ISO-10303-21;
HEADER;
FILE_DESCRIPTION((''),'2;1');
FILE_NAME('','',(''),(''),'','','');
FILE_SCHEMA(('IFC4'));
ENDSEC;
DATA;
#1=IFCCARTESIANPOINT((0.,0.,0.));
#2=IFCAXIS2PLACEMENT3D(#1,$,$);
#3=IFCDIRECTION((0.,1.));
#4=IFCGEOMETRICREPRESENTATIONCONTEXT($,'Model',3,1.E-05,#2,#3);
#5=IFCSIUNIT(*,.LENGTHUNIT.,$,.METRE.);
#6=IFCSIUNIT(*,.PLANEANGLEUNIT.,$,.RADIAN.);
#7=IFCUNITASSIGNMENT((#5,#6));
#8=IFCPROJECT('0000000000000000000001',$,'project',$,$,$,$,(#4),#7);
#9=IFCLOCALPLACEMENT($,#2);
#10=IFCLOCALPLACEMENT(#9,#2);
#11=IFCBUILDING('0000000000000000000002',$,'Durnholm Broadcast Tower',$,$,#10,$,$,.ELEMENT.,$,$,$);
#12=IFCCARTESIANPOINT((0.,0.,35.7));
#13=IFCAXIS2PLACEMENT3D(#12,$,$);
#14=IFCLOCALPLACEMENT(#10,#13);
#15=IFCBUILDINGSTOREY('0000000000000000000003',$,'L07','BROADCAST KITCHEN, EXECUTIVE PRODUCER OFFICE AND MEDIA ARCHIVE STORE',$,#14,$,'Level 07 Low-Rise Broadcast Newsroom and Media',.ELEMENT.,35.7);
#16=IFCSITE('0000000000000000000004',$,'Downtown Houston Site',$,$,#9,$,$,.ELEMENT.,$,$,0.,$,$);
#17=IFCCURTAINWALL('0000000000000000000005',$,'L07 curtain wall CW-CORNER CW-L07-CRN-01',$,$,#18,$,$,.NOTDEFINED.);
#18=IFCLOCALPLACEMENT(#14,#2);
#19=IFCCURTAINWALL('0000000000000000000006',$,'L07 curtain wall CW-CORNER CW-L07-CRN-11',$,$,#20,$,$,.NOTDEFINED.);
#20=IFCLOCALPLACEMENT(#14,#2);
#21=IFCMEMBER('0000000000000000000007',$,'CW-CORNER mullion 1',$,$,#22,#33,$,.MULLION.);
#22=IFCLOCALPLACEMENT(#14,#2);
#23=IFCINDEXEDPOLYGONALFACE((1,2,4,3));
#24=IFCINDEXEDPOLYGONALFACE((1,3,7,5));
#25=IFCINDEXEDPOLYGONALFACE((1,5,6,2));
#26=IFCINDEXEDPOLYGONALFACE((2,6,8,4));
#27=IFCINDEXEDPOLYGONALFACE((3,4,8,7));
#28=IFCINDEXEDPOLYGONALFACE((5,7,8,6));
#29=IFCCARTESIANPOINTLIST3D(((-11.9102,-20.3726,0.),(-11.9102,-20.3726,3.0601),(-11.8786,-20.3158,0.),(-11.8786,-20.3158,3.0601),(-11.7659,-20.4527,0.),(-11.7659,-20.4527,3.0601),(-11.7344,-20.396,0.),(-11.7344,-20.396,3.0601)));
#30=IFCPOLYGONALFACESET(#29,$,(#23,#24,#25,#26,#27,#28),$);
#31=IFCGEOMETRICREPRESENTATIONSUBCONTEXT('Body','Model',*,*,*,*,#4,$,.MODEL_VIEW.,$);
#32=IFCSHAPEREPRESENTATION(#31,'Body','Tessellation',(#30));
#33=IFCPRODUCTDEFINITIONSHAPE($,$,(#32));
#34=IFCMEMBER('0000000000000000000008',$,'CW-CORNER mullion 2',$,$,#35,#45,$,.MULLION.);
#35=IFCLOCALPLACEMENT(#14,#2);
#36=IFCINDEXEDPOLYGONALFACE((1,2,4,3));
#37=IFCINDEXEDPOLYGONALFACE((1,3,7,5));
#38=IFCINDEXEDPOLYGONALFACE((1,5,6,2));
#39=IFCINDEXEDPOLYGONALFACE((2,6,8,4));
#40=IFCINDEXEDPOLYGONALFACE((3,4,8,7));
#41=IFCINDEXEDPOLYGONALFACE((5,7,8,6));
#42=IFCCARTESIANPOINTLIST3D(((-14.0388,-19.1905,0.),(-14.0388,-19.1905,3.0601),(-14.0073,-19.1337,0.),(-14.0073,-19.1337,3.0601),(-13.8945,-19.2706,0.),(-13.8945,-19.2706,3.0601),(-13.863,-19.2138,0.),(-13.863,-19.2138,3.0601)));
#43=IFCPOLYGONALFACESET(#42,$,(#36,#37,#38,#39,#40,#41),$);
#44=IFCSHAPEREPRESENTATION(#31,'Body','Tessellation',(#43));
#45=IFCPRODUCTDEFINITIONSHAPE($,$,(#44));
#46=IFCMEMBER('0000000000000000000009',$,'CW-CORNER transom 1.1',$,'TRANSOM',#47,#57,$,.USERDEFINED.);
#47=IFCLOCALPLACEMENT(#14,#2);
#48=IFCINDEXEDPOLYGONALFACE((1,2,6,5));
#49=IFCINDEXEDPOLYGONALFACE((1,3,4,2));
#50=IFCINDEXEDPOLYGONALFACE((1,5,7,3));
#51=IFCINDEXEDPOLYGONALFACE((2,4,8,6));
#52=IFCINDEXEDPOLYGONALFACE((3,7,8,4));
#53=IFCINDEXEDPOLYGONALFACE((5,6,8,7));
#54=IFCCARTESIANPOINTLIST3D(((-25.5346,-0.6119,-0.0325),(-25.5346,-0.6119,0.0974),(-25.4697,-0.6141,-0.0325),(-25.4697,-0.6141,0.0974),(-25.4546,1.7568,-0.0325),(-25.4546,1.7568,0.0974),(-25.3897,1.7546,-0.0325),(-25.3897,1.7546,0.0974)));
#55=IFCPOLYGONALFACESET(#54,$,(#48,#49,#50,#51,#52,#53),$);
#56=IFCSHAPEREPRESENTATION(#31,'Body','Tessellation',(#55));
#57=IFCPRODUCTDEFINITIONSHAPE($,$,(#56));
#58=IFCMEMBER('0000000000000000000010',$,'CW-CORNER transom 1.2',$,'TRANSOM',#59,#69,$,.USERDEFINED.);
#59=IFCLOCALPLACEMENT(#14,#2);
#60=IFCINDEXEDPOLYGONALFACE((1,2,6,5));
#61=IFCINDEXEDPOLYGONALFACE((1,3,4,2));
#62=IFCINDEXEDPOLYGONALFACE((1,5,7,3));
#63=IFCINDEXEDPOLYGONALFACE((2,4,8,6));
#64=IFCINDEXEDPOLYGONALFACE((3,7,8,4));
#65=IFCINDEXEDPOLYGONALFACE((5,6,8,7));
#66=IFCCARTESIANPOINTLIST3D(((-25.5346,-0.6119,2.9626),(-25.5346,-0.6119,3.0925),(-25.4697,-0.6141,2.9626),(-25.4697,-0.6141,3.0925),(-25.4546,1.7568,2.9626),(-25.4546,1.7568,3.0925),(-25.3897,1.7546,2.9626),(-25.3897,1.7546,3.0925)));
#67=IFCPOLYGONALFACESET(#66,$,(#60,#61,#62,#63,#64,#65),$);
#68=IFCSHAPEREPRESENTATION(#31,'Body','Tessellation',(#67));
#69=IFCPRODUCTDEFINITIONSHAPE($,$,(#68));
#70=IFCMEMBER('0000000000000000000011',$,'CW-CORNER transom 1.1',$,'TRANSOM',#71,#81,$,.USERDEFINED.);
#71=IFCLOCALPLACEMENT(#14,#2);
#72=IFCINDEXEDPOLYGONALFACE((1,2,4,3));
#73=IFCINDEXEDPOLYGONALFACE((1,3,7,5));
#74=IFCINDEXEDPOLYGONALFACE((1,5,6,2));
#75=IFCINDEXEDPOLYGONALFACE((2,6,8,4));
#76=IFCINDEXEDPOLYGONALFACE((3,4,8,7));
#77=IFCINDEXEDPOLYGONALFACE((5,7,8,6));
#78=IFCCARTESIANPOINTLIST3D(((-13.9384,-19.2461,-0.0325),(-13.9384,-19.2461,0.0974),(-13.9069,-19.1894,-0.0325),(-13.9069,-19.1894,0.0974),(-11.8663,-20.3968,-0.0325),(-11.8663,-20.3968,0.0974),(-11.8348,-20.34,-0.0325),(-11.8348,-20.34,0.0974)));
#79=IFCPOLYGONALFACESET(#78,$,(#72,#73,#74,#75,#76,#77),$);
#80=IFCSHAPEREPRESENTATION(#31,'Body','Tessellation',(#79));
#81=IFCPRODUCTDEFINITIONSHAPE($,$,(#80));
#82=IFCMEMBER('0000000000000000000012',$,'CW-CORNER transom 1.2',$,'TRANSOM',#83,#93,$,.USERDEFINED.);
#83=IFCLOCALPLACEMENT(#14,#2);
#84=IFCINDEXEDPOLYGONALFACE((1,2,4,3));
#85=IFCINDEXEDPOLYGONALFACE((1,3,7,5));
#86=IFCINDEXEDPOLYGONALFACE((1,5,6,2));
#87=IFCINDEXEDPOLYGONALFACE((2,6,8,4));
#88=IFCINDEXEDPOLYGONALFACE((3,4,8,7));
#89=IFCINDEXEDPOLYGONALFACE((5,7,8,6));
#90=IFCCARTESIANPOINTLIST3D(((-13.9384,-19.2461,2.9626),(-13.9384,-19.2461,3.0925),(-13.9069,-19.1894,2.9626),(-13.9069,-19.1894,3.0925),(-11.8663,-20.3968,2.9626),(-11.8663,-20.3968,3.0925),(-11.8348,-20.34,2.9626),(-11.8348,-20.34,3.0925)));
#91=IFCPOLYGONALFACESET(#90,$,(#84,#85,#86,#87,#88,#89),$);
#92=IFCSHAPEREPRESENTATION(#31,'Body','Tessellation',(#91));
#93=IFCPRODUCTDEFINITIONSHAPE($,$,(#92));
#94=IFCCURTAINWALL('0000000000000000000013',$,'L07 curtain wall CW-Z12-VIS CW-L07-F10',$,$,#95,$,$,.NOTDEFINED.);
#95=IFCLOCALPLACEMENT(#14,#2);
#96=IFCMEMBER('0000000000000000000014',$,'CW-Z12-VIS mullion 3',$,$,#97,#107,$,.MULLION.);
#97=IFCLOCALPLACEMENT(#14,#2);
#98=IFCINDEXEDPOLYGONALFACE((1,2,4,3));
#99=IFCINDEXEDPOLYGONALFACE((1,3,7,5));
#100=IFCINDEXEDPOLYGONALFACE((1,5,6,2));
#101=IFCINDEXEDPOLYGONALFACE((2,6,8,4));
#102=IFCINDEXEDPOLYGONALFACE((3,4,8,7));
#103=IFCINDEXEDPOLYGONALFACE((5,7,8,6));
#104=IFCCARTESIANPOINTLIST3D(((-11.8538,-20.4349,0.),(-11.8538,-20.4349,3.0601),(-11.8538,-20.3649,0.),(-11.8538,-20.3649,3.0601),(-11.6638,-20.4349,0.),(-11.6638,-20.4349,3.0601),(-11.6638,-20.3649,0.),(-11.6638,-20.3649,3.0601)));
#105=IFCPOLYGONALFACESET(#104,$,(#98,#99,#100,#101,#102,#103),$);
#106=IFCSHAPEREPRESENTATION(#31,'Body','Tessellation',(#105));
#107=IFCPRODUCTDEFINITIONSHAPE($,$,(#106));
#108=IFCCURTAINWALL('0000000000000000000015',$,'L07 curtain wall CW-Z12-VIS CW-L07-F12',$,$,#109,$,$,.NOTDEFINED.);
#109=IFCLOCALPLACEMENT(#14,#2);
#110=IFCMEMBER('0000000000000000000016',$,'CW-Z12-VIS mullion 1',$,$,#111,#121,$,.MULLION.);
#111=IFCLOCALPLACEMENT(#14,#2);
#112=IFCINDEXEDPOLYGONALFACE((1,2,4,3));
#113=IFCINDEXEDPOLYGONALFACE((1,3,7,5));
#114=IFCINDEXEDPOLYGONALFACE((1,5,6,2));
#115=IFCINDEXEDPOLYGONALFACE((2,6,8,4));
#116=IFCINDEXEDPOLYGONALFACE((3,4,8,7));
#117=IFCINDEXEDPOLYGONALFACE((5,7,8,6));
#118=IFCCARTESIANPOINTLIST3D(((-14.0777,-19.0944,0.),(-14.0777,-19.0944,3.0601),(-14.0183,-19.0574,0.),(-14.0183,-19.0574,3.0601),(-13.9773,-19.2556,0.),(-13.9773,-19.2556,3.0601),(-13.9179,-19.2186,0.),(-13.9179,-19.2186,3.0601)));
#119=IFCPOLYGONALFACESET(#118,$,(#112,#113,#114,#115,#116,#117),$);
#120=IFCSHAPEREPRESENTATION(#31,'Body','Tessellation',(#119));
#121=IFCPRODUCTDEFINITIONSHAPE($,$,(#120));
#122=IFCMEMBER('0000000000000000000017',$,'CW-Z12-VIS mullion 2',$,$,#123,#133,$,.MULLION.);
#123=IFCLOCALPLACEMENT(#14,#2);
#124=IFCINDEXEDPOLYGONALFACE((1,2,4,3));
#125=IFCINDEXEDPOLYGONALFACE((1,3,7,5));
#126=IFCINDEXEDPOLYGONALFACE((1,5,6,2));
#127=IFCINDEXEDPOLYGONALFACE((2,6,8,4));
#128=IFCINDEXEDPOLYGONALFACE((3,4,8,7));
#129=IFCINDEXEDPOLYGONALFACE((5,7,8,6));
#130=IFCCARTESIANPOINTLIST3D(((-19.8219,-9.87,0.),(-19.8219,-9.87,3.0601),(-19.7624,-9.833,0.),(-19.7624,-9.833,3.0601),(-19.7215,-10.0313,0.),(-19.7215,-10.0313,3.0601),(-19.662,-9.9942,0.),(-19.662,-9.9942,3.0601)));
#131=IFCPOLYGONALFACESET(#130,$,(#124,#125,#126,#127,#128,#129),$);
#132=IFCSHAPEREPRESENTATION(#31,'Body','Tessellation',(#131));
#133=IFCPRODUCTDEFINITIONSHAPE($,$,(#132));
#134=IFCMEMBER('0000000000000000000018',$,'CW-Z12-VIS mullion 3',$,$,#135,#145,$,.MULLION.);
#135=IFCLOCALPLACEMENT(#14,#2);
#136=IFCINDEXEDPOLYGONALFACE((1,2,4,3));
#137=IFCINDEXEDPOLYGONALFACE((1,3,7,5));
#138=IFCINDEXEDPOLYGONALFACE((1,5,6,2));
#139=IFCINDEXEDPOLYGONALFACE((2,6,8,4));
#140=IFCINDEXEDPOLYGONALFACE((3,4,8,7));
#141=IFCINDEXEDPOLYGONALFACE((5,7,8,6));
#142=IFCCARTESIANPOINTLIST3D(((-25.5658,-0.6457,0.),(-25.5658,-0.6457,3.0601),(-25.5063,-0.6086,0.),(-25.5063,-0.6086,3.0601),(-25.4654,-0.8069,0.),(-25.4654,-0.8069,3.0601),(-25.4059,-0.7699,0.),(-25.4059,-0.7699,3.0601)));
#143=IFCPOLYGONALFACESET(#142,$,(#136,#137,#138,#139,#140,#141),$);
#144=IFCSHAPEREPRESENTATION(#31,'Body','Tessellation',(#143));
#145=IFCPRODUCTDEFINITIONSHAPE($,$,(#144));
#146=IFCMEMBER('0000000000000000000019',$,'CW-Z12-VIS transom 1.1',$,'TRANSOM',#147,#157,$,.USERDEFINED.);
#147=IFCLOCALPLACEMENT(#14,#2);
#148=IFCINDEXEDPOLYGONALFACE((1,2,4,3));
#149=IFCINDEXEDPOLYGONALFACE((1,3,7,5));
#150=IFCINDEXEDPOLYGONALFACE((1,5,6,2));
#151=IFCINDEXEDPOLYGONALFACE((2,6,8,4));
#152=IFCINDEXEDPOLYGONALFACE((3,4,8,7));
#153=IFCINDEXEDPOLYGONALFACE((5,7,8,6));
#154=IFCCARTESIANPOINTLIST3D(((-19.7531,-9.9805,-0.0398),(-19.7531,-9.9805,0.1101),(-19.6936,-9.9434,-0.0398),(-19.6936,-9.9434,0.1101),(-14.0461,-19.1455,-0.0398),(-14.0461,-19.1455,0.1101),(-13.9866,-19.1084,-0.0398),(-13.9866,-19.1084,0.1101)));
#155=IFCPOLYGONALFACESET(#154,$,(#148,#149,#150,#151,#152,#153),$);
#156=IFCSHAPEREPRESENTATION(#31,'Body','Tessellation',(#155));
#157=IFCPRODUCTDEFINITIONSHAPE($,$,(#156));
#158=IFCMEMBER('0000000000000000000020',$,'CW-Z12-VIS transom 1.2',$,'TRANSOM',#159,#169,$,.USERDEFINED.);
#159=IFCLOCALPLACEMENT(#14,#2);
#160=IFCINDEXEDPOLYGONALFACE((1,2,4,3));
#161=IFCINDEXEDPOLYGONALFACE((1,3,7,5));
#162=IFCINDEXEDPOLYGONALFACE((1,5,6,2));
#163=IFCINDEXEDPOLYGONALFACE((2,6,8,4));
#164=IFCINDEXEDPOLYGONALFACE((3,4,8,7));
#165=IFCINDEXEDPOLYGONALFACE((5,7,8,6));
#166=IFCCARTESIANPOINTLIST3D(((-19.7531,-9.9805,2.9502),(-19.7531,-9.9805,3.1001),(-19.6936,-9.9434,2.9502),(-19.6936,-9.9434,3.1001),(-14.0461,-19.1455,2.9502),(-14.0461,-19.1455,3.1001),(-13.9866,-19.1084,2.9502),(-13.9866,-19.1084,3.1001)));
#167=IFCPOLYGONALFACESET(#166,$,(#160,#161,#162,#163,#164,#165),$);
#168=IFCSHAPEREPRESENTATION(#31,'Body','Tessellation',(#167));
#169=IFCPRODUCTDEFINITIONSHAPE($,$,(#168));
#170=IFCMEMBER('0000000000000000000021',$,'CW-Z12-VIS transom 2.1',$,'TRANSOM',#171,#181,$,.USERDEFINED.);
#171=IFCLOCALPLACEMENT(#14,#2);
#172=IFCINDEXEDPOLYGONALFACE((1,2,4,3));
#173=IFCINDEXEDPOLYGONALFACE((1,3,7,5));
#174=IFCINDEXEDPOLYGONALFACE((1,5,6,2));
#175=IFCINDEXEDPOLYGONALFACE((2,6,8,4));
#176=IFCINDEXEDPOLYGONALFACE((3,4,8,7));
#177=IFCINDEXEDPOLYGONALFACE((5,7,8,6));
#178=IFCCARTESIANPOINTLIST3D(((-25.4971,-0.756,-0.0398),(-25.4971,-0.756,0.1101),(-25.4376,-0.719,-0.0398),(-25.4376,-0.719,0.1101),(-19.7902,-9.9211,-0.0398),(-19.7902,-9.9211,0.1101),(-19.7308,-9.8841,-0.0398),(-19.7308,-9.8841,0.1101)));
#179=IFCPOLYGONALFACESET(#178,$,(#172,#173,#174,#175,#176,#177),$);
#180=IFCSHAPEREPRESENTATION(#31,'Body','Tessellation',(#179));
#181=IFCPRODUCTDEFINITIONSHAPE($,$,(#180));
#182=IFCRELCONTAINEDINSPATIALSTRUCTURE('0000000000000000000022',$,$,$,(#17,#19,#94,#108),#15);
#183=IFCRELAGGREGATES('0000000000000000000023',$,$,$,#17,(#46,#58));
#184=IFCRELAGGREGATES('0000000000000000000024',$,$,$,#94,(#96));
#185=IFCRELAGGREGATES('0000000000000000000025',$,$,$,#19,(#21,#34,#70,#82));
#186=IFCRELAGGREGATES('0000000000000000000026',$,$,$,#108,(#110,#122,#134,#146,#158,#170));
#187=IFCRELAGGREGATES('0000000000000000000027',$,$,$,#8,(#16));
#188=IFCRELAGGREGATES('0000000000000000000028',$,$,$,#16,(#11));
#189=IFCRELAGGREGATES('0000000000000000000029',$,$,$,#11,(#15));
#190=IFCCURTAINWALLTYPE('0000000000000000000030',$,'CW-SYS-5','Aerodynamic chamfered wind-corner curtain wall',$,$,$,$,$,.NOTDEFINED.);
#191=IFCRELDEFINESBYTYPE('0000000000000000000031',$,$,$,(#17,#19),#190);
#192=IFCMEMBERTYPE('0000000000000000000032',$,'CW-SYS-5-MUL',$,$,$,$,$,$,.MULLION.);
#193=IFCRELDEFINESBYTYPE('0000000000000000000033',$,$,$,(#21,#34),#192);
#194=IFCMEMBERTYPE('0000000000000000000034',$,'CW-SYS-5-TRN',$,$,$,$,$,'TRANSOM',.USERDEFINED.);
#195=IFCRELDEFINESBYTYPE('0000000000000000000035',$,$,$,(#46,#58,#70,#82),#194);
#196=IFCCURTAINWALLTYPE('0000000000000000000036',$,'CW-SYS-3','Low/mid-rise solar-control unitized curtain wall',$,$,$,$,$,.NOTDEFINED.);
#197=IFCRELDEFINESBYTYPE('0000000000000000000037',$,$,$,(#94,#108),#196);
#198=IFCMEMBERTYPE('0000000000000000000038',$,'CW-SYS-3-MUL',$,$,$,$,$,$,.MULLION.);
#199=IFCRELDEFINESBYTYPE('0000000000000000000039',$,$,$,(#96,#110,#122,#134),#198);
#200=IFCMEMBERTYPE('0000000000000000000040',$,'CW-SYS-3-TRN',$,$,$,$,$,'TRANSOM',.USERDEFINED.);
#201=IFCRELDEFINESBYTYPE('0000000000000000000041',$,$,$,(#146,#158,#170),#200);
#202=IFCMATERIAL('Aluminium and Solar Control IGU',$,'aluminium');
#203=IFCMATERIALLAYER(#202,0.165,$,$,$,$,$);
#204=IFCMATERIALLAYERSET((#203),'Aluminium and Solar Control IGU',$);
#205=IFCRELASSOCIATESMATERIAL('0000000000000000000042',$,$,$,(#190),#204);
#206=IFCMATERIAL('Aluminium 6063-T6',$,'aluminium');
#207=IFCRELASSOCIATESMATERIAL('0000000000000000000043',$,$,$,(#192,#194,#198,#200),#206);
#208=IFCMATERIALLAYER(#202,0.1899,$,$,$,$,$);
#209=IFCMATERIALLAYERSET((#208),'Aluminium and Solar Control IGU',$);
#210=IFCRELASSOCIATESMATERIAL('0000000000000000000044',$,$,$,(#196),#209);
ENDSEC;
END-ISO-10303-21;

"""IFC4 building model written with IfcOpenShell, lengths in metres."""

from ifc_helpers import new_model, si_unit, direction, frame, origin, origin_2d, place, context, subcontext, project, spatial, rectangle, extrude, source, transform, mapped, material, layer, layer_set, material_profile, profile_set, type_object, type_shapes, element, aggregate, save


model = new_model("IFC4")

# Units and contexts
model_context = context("Model", 3, precision=1e-05, world=origin(), true_north=direction((0.0, 1.0)))
body_context = subcontext(model_context, "Body", "Model", "MODEL_VIEW")
ifc_project = project(units=[si_unit("LENGTHUNIT", "METRE"), si_unit("PLANEANGLEUNIT", "RADIAN")], contexts=[model_context])

# Site, building, storey
site_placement = place(None, origin())
site = spatial("IfcSite", under=ifc_project, at=site_placement, Name="Downtown Houston Site", CompositionType="ELEMENT", RefElevation=0.0)
building_placement = place(site_placement, origin())
building = spatial("IfcBuilding", under=site, at=building_placement, Name="Durnholm Broadcast Tower", CompositionType="ELEMENT")
storey_placement = place(building_placement, frame((0.0, 0.0, 35.7)))
storey = spatial("IfcBuildingStorey", under=building, at=storey_placement, Name="L07", Description="BROADCAST KITCHEN, EXECUTIVE PRODUCER OFFICE AND MEDIA ARCHIVE STORE", LongName="Level 07 Low-Rise Broadcast Newsroom and Media", CompositionType="ELEMENT", Elevation=35.7)

# Curtain wall
ifc_material_1 = material(Name="Aluminium and Solar Control IGU", Category="aluminium")
ifc_layer_1 = layer(ifc_material_1, 0.165)
ifc_layer_set_1 = layer_set([ifc_layer_1], Name="Aluminium and Solar Control IGU")
curtain_wall_type_1 = type_object("IfcCurtainWallType", Name="CW-SYS-5", Description="Aerodynamic chamfered wind-corner curtain wall", PredefinedType="NOTDEFINED", material=ifc_layer_set_1)
curtain_wall_1_placement = place(storey_placement, origin())
curtain_wall_1 = element("IfcCurtainWall", 1, at=curtain_wall_1_placement, inside=storey, type_object=curtain_wall_type_1, Name="L07 curtain wall CW-CORNER CW-L07-CRN-01", PredefinedType="NOTDEFINED")
ifc_material_2 = material(Name="Aluminium 6063-T6", Category="aluminium")
ifc_material_profile_1 = material_profile(ifc_material_2, rectangle(XDim=0.0649, YDim=0.165, at=origin_2d()), Name="CWM65X165")
ifc_profile_set_1 = profile_set([ifc_material_profile_1], Name="Aluminium 6063-T6")
member_type_1 = type_object("IfcMemberType", Name="CW-SYS-5-MUL", PredefinedType="MULLION", material=ifc_profile_set_1)
shared_shape_1 = source(origin(), body_context, "Body", "SweptSolid", [
    extrude(rectangle(XDim=0.0649, YDim=0.165, at=origin_2d()), origin(), (0.0, 0.0, 1.0), 3.0601),
])
type_shapes(member_type_1, [shared_shape_1])

# Curtain wall, members
curtain_wall_2_placement = place(storey_placement, origin())
curtain_wall_2 = element("IfcCurtainWall", 2, at=curtain_wall_2_placement, inside=storey, type_object=curtain_wall_type_1, Name="L07 curtain wall CW-CORNER CW-L07-CRN-11", PredefinedType="NOTDEFINED")
member_1_placement = place(storey_placement, frame((-11.8223, -20.3843, 0.0), z_axis=(0.0, 0.0, 1.0), x_axis=(-0.485483, -0.874246, 0.0)))
member_1 = element("IfcMember", 3, at=member_1_placement, type_object=member_type_1, Name="CW-CORNER mullion 1", PredefinedType="MULLION", context=body_context, shape_type="MappedRepresentation", body=[
    mapped(shared_shape_1, transform((0.0, 0.0, 0.0), x_axis=(1.0, 0.0, 0.0), y_axis=(0.0, 1.0, 0.0), z_axis=(0.0, 0.0, 1.0), scale=1.0)),
])
member_2_placement = place(storey_placement, frame((-13.9509, -19.2021, 0.0), z_axis=(0.0, 0.0, 1.0), x_axis=(-0.485483, -0.874246, 0.0)))
member_2 = element("IfcMember", 4, at=member_2_placement, type_object=member_type_1, Name="CW-CORNER mullion 2", PredefinedType="MULLION", context=body_context, shape_type="MappedRepresentation", body=[
    mapped(shared_shape_1, transform((0.0, 0.0, 0.0), x_axis=(1.0, 0.0, 0.0), y_axis=(0.0, 1.0, 0.0), z_axis=(0.0, 0.0, 1.0), scale=1.0)),
])

# Members
ifc_material_profile_2 = material_profile(ifc_material_2, rectangle(XDim=0.0649, YDim=0.1299, at=origin_2d()), Name="CWT65X130")
ifc_profile_set_2 = profile_set([ifc_material_profile_2], Name="Aluminium 6063-T6")
member_type_2 = type_object("IfcMemberType", Name="CW-SYS-5-TRN", ElementType="TRANSOM", PredefinedType="USERDEFINED", material=ifc_profile_set_2)
shared_shape_2 = source(origin(), body_context, "Body", "SweptSolid", [
    extrude(rectangle(XDim=0.0649, YDim=0.1299, at=origin_2d()), origin(), (0.0, 0.0, 1.0), 2.3701),
])
type_shapes(member_type_2, [shared_shape_2])
member_3_placement = place(storey_placement, frame((-25.5022, -0.613, 0.0325), z_axis=(0.033788, 0.999429, 0.0), x_axis=(-0.999429, 0.033788, 0.0)))
member_3 = element("IfcMember", 5, at=member_3_placement, type_object=member_type_2, Name="CW-CORNER transom 1.1", ObjectType="TRANSOM", PredefinedType="USERDEFINED", context=body_context, shape_type="MappedRepresentation", body=[
    mapped(shared_shape_2, transform((0.0, 0.0, 0.0), x_axis=(1.0, 0.0, 0.0), y_axis=(0.0, 1.0, 0.0), z_axis=(0.0, 0.0, 1.0), scale=1.0)),
])
member_4_placement = place(storey_placement, frame((-25.5022, -0.613, 3.0276), z_axis=(0.033788, 0.999429, 0.0), x_axis=(-0.999429, 0.033788, 0.0)))
member_4 = element("IfcMember", 6, at=member_4_placement, type_object=member_type_2, Name="CW-CORNER transom 1.2", ObjectType="TRANSOM", PredefinedType="USERDEFINED", context=body_context, shape_type="MappedRepresentation", body=[
    mapped(shared_shape_2, transform((0.0, 0.0, 0.0), x_axis=(1.0, 0.0, 0.0), y_axis=(0.0, 1.0, 0.0), z_axis=(0.0, 0.0, 1.0), scale=1.0)),
])
aggregate(curtain_wall_1, [member_3, member_4])
member_5_placement = place(storey_placement, frame((-11.8506, -20.3684, 0.0325), z_axis=(-0.874245, 0.485485, 0.0), x_axis=(-0.485485, -0.874245, 0.0)))
member_5 = element("IfcMember", 7, at=member_5_placement, type_object=member_type_2, Name="CW-CORNER transom 1.1", ObjectType="TRANSOM", PredefinedType="USERDEFINED", context=body_context, shape_type="MappedRepresentation", body=[
    mapped(shared_shape_2, transform((0.0, 0.0, 0.0), x_axis=(1.0, 0.0, 0.0), y_axis=(0.0, 1.0, 0.0), z_axis=(0.0, 0.0, 1.0), scale=1.0)),
])
member_6_placement = place(storey_placement, frame((-11.8506, -20.3684, 3.0276), z_axis=(-0.874245, 0.485485, 0.0), x_axis=(-0.485485, -0.874245, 0.0)))
member_6 = element("IfcMember", 8, at=member_6_placement, type_object=member_type_2, Name="CW-CORNER transom 1.2", ObjectType="TRANSOM", PredefinedType="USERDEFINED", context=body_context, shape_type="MappedRepresentation", body=[
    mapped(shared_shape_2, transform((0.0, 0.0, 0.0), x_axis=(1.0, 0.0, 0.0), y_axis=(0.0, 1.0, 0.0), z_axis=(0.0, 0.0, 1.0), scale=1.0)),
])

# Curtain wall, member
ifc_layer_2 = layer(ifc_material_1, 0.1899)
ifc_layer_set_2 = layer_set([ifc_layer_2], Name="Aluminium and Solar Control IGU")
curtain_wall_type_2 = type_object("IfcCurtainWallType", Name="CW-SYS-3", Description="Low/mid-rise solar-control unitized curtain wall", PredefinedType="NOTDEFINED", material=ifc_layer_set_2)
curtain_wall_3_placement = place(storey_placement, origin())
curtain_wall_3 = element("IfcCurtainWall", 9, at=curtain_wall_3_placement, inside=storey, type_object=curtain_wall_type_2, Name="L07 curtain wall CW-Z12-VIS CW-L07-F10", PredefinedType="NOTDEFINED")
ifc_material_profile_3 = material_profile(ifc_material_2, rectangle(XDim=0.0701, YDim=0.1899, at=origin_2d()), Name="CWM70X190")
ifc_profile_set_3 = profile_set([ifc_material_profile_3], Name="Aluminium 6063-T6")
member_type_3 = type_object("IfcMemberType", Name="CW-SYS-3-MUL", PredefinedType="MULLION", material=ifc_profile_set_3)
shared_shape_3 = source(origin(), body_context, "Body", "SweptSolid", [
    extrude(rectangle(XDim=0.0701, YDim=0.1899, at=origin_2d()), origin(), (0.0, 0.0, 1.0), 3.0601),
])
type_shapes(member_type_3, [shared_shape_3])
member_7_placement = place(storey_placement, frame((-11.7588, -20.3999, 0.0), z_axis=(0.0, 0.0, 1.0), x_axis=(0.0, -1.0, 0.0)))
member_7 = element("IfcMember", 10, at=member_7_placement, type_object=member_type_3, Name="CW-Z12-VIS mullion 3", PredefinedType="MULLION", context=body_context, shape_type="MappedRepresentation", body=[
    mapped(shared_shape_3, transform((0.0, 0.0, 0.0), x_axis=(1.0, 0.0, 0.0), y_axis=(0.0, 1.0, 0.0), z_axis=(0.0, 0.0, 1.0), scale=1.0)),
])
aggregate(curtain_wall_3, [member_7])

# Curtain wall, members
curtain_wall_4_placement = place(storey_placement, origin())
curtain_wall_4 = element("IfcCurtainWall", 11, at=curtain_wall_4_placement, inside=storey, type_object=curtain_wall_type_2, Name="L07 curtain wall CW-Z12-VIS CW-L07-F12", PredefinedType="NOTDEFINED")
member_8_placement = place(storey_placement, frame((-13.9978, -19.1565, 0.0), z_axis=(0.0, 0.0, 1.0), x_axis=(-0.848876, -0.528592, 0.0)))
member_8 = element("IfcMember", 12, at=member_8_placement, type_object=member_type_3, Name="CW-Z12-VIS mullion 1", PredefinedType="MULLION", context=body_context, shape_type="MappedRepresentation", body=[
    mapped(shared_shape_3, transform((0.0, 0.0, 0.0), x_axis=(1.0, 0.0, 0.0), y_axis=(0.0, 1.0, 0.0), z_axis=(0.0, 0.0, 1.0), scale=1.0)),
])
member_9_placement = place(storey_placement, frame((-19.7419, -9.9321, 0.0), z_axis=(0.0, 0.0, 1.0), x_axis=(-0.848876, -0.528592, 0.0)))
member_9 = element("IfcMember", 13, at=member_9_placement, type_object=member_type_3, Name="CW-Z12-VIS mullion 2", PredefinedType="MULLION", context=body_context, shape_type="MappedRepresentation", body=[
    mapped(shared_shape_3, transform((0.0, 0.0, 0.0), x_axis=(1.0, 0.0, 0.0), y_axis=(0.0, 1.0, 0.0), z_axis=(0.0, 0.0, 1.0), scale=1.0)),
])
member_10_placement = place(storey_placement, frame((-25.4858, -0.7078, 0.0), z_axis=(0.0, 0.0, 1.0), x_axis=(-0.848876, -0.528592, 0.0)))
member_10 = element("IfcMember", 14, at=member_10_placement, type_object=member_type_3, Name="CW-Z12-VIS mullion 3", PredefinedType="MULLION", context=body_context, shape_type="MappedRepresentation", body=[
    mapped(shared_shape_3, transform((0.0, 0.0, 0.0), x_axis=(1.0, 0.0, 0.0), y_axis=(0.0, 1.0, 0.0), z_axis=(0.0, 0.0, 1.0), scale=1.0)),
])
ifc_material_profile_4 = material_profile(ifc_material_2, rectangle(XDim=0.0701, YDim=0.1499, at=origin_2d()), Name="CWT70X150")
ifc_profile_set_4 = profile_set([ifc_material_profile_4], Name="Aluminium 6063-T6")
member_type_4 = type_object("IfcMemberType", Name="CW-SYS-3-TRN", ElementType="TRANSOM", PredefinedType="USERDEFINED", material=ifc_profile_set_4)
shared_shape_4 = source(origin(), body_context, "Body", "SweptSolid", [
    extrude(rectangle(XDim=0.0701, YDim=0.1499, at=origin_2d()), origin(), (0.0, 0.0, 1.0), 10.7966),
])
type_shapes(member_type_4, [shared_shape_4])
member_11_placement = place(storey_placement, frame((-14.0164, -19.127, 0.0352), z_axis=(-0.528592, 0.848876, 0.0), x_axis=(-0.848876, -0.528592, 0.0)))
member_11 = element("IfcMember", 15, at=member_11_placement, type_object=member_type_4, Name="CW-Z12-VIS transom 1.1", ObjectType="TRANSOM", PredefinedType="USERDEFINED", context=body_context, shape_type="MappedRepresentation", body=[
    mapped(shared_shape_4, transform((0.0, 0.0, 0.0), x_axis=(1.0, 0.0, 0.0), y_axis=(0.0, 1.0, 0.0), z_axis=(0.0, 0.0, 1.0), scale=1.0)),
])
member_12_placement = place(storey_placement, frame((-14.0164, -19.127, 3.0251), z_axis=(-0.528592, 0.848876, 0.0), x_axis=(-0.848876, -0.528592, 0.0)))
member_12 = element("IfcMember", 16, at=member_12_placement, type_object=member_type_4, Name="CW-Z12-VIS transom 1.2", ObjectType="TRANSOM", PredefinedType="USERDEFINED", context=body_context, shape_type="MappedRepresentation", body=[
    mapped(shared_shape_4, transform((0.0, 0.0, 0.0), x_axis=(1.0, 0.0, 0.0), y_axis=(0.0, 1.0, 0.0), z_axis=(0.0, 0.0, 1.0), scale=1.0)),
])
member_13_placement = place(storey_placement, frame((-19.7605, -9.9026, 0.0352), z_axis=(-0.528575, 0.848886, 0.0), x_axis=(-0.848886, -0.528575, 0.0)))
member_13 = element("IfcMember", 17, at=member_13_placement, type_object=member_type_4, Name="CW-Z12-VIS transom 2.1", ObjectType="TRANSOM", PredefinedType="USERDEFINED", context=body_context, shape_type="MappedRepresentation", body=[
    mapped(shared_shape_4, transform((0.0, 0.0, 0.0), x_axis=(1.0, 0.0, 0.0), y_axis=(0.0, 1.0, 0.0), z_axis=(0.0, 0.0, 1.0), scale=1.0)),
])

aggregate(curtain_wall_2, [member_1, member_2, member_5, member_6])
aggregate(curtain_wall_4, [member_8, member_9, member_10, member_11, member_12, member_13])

save(model, "model.ifc")
